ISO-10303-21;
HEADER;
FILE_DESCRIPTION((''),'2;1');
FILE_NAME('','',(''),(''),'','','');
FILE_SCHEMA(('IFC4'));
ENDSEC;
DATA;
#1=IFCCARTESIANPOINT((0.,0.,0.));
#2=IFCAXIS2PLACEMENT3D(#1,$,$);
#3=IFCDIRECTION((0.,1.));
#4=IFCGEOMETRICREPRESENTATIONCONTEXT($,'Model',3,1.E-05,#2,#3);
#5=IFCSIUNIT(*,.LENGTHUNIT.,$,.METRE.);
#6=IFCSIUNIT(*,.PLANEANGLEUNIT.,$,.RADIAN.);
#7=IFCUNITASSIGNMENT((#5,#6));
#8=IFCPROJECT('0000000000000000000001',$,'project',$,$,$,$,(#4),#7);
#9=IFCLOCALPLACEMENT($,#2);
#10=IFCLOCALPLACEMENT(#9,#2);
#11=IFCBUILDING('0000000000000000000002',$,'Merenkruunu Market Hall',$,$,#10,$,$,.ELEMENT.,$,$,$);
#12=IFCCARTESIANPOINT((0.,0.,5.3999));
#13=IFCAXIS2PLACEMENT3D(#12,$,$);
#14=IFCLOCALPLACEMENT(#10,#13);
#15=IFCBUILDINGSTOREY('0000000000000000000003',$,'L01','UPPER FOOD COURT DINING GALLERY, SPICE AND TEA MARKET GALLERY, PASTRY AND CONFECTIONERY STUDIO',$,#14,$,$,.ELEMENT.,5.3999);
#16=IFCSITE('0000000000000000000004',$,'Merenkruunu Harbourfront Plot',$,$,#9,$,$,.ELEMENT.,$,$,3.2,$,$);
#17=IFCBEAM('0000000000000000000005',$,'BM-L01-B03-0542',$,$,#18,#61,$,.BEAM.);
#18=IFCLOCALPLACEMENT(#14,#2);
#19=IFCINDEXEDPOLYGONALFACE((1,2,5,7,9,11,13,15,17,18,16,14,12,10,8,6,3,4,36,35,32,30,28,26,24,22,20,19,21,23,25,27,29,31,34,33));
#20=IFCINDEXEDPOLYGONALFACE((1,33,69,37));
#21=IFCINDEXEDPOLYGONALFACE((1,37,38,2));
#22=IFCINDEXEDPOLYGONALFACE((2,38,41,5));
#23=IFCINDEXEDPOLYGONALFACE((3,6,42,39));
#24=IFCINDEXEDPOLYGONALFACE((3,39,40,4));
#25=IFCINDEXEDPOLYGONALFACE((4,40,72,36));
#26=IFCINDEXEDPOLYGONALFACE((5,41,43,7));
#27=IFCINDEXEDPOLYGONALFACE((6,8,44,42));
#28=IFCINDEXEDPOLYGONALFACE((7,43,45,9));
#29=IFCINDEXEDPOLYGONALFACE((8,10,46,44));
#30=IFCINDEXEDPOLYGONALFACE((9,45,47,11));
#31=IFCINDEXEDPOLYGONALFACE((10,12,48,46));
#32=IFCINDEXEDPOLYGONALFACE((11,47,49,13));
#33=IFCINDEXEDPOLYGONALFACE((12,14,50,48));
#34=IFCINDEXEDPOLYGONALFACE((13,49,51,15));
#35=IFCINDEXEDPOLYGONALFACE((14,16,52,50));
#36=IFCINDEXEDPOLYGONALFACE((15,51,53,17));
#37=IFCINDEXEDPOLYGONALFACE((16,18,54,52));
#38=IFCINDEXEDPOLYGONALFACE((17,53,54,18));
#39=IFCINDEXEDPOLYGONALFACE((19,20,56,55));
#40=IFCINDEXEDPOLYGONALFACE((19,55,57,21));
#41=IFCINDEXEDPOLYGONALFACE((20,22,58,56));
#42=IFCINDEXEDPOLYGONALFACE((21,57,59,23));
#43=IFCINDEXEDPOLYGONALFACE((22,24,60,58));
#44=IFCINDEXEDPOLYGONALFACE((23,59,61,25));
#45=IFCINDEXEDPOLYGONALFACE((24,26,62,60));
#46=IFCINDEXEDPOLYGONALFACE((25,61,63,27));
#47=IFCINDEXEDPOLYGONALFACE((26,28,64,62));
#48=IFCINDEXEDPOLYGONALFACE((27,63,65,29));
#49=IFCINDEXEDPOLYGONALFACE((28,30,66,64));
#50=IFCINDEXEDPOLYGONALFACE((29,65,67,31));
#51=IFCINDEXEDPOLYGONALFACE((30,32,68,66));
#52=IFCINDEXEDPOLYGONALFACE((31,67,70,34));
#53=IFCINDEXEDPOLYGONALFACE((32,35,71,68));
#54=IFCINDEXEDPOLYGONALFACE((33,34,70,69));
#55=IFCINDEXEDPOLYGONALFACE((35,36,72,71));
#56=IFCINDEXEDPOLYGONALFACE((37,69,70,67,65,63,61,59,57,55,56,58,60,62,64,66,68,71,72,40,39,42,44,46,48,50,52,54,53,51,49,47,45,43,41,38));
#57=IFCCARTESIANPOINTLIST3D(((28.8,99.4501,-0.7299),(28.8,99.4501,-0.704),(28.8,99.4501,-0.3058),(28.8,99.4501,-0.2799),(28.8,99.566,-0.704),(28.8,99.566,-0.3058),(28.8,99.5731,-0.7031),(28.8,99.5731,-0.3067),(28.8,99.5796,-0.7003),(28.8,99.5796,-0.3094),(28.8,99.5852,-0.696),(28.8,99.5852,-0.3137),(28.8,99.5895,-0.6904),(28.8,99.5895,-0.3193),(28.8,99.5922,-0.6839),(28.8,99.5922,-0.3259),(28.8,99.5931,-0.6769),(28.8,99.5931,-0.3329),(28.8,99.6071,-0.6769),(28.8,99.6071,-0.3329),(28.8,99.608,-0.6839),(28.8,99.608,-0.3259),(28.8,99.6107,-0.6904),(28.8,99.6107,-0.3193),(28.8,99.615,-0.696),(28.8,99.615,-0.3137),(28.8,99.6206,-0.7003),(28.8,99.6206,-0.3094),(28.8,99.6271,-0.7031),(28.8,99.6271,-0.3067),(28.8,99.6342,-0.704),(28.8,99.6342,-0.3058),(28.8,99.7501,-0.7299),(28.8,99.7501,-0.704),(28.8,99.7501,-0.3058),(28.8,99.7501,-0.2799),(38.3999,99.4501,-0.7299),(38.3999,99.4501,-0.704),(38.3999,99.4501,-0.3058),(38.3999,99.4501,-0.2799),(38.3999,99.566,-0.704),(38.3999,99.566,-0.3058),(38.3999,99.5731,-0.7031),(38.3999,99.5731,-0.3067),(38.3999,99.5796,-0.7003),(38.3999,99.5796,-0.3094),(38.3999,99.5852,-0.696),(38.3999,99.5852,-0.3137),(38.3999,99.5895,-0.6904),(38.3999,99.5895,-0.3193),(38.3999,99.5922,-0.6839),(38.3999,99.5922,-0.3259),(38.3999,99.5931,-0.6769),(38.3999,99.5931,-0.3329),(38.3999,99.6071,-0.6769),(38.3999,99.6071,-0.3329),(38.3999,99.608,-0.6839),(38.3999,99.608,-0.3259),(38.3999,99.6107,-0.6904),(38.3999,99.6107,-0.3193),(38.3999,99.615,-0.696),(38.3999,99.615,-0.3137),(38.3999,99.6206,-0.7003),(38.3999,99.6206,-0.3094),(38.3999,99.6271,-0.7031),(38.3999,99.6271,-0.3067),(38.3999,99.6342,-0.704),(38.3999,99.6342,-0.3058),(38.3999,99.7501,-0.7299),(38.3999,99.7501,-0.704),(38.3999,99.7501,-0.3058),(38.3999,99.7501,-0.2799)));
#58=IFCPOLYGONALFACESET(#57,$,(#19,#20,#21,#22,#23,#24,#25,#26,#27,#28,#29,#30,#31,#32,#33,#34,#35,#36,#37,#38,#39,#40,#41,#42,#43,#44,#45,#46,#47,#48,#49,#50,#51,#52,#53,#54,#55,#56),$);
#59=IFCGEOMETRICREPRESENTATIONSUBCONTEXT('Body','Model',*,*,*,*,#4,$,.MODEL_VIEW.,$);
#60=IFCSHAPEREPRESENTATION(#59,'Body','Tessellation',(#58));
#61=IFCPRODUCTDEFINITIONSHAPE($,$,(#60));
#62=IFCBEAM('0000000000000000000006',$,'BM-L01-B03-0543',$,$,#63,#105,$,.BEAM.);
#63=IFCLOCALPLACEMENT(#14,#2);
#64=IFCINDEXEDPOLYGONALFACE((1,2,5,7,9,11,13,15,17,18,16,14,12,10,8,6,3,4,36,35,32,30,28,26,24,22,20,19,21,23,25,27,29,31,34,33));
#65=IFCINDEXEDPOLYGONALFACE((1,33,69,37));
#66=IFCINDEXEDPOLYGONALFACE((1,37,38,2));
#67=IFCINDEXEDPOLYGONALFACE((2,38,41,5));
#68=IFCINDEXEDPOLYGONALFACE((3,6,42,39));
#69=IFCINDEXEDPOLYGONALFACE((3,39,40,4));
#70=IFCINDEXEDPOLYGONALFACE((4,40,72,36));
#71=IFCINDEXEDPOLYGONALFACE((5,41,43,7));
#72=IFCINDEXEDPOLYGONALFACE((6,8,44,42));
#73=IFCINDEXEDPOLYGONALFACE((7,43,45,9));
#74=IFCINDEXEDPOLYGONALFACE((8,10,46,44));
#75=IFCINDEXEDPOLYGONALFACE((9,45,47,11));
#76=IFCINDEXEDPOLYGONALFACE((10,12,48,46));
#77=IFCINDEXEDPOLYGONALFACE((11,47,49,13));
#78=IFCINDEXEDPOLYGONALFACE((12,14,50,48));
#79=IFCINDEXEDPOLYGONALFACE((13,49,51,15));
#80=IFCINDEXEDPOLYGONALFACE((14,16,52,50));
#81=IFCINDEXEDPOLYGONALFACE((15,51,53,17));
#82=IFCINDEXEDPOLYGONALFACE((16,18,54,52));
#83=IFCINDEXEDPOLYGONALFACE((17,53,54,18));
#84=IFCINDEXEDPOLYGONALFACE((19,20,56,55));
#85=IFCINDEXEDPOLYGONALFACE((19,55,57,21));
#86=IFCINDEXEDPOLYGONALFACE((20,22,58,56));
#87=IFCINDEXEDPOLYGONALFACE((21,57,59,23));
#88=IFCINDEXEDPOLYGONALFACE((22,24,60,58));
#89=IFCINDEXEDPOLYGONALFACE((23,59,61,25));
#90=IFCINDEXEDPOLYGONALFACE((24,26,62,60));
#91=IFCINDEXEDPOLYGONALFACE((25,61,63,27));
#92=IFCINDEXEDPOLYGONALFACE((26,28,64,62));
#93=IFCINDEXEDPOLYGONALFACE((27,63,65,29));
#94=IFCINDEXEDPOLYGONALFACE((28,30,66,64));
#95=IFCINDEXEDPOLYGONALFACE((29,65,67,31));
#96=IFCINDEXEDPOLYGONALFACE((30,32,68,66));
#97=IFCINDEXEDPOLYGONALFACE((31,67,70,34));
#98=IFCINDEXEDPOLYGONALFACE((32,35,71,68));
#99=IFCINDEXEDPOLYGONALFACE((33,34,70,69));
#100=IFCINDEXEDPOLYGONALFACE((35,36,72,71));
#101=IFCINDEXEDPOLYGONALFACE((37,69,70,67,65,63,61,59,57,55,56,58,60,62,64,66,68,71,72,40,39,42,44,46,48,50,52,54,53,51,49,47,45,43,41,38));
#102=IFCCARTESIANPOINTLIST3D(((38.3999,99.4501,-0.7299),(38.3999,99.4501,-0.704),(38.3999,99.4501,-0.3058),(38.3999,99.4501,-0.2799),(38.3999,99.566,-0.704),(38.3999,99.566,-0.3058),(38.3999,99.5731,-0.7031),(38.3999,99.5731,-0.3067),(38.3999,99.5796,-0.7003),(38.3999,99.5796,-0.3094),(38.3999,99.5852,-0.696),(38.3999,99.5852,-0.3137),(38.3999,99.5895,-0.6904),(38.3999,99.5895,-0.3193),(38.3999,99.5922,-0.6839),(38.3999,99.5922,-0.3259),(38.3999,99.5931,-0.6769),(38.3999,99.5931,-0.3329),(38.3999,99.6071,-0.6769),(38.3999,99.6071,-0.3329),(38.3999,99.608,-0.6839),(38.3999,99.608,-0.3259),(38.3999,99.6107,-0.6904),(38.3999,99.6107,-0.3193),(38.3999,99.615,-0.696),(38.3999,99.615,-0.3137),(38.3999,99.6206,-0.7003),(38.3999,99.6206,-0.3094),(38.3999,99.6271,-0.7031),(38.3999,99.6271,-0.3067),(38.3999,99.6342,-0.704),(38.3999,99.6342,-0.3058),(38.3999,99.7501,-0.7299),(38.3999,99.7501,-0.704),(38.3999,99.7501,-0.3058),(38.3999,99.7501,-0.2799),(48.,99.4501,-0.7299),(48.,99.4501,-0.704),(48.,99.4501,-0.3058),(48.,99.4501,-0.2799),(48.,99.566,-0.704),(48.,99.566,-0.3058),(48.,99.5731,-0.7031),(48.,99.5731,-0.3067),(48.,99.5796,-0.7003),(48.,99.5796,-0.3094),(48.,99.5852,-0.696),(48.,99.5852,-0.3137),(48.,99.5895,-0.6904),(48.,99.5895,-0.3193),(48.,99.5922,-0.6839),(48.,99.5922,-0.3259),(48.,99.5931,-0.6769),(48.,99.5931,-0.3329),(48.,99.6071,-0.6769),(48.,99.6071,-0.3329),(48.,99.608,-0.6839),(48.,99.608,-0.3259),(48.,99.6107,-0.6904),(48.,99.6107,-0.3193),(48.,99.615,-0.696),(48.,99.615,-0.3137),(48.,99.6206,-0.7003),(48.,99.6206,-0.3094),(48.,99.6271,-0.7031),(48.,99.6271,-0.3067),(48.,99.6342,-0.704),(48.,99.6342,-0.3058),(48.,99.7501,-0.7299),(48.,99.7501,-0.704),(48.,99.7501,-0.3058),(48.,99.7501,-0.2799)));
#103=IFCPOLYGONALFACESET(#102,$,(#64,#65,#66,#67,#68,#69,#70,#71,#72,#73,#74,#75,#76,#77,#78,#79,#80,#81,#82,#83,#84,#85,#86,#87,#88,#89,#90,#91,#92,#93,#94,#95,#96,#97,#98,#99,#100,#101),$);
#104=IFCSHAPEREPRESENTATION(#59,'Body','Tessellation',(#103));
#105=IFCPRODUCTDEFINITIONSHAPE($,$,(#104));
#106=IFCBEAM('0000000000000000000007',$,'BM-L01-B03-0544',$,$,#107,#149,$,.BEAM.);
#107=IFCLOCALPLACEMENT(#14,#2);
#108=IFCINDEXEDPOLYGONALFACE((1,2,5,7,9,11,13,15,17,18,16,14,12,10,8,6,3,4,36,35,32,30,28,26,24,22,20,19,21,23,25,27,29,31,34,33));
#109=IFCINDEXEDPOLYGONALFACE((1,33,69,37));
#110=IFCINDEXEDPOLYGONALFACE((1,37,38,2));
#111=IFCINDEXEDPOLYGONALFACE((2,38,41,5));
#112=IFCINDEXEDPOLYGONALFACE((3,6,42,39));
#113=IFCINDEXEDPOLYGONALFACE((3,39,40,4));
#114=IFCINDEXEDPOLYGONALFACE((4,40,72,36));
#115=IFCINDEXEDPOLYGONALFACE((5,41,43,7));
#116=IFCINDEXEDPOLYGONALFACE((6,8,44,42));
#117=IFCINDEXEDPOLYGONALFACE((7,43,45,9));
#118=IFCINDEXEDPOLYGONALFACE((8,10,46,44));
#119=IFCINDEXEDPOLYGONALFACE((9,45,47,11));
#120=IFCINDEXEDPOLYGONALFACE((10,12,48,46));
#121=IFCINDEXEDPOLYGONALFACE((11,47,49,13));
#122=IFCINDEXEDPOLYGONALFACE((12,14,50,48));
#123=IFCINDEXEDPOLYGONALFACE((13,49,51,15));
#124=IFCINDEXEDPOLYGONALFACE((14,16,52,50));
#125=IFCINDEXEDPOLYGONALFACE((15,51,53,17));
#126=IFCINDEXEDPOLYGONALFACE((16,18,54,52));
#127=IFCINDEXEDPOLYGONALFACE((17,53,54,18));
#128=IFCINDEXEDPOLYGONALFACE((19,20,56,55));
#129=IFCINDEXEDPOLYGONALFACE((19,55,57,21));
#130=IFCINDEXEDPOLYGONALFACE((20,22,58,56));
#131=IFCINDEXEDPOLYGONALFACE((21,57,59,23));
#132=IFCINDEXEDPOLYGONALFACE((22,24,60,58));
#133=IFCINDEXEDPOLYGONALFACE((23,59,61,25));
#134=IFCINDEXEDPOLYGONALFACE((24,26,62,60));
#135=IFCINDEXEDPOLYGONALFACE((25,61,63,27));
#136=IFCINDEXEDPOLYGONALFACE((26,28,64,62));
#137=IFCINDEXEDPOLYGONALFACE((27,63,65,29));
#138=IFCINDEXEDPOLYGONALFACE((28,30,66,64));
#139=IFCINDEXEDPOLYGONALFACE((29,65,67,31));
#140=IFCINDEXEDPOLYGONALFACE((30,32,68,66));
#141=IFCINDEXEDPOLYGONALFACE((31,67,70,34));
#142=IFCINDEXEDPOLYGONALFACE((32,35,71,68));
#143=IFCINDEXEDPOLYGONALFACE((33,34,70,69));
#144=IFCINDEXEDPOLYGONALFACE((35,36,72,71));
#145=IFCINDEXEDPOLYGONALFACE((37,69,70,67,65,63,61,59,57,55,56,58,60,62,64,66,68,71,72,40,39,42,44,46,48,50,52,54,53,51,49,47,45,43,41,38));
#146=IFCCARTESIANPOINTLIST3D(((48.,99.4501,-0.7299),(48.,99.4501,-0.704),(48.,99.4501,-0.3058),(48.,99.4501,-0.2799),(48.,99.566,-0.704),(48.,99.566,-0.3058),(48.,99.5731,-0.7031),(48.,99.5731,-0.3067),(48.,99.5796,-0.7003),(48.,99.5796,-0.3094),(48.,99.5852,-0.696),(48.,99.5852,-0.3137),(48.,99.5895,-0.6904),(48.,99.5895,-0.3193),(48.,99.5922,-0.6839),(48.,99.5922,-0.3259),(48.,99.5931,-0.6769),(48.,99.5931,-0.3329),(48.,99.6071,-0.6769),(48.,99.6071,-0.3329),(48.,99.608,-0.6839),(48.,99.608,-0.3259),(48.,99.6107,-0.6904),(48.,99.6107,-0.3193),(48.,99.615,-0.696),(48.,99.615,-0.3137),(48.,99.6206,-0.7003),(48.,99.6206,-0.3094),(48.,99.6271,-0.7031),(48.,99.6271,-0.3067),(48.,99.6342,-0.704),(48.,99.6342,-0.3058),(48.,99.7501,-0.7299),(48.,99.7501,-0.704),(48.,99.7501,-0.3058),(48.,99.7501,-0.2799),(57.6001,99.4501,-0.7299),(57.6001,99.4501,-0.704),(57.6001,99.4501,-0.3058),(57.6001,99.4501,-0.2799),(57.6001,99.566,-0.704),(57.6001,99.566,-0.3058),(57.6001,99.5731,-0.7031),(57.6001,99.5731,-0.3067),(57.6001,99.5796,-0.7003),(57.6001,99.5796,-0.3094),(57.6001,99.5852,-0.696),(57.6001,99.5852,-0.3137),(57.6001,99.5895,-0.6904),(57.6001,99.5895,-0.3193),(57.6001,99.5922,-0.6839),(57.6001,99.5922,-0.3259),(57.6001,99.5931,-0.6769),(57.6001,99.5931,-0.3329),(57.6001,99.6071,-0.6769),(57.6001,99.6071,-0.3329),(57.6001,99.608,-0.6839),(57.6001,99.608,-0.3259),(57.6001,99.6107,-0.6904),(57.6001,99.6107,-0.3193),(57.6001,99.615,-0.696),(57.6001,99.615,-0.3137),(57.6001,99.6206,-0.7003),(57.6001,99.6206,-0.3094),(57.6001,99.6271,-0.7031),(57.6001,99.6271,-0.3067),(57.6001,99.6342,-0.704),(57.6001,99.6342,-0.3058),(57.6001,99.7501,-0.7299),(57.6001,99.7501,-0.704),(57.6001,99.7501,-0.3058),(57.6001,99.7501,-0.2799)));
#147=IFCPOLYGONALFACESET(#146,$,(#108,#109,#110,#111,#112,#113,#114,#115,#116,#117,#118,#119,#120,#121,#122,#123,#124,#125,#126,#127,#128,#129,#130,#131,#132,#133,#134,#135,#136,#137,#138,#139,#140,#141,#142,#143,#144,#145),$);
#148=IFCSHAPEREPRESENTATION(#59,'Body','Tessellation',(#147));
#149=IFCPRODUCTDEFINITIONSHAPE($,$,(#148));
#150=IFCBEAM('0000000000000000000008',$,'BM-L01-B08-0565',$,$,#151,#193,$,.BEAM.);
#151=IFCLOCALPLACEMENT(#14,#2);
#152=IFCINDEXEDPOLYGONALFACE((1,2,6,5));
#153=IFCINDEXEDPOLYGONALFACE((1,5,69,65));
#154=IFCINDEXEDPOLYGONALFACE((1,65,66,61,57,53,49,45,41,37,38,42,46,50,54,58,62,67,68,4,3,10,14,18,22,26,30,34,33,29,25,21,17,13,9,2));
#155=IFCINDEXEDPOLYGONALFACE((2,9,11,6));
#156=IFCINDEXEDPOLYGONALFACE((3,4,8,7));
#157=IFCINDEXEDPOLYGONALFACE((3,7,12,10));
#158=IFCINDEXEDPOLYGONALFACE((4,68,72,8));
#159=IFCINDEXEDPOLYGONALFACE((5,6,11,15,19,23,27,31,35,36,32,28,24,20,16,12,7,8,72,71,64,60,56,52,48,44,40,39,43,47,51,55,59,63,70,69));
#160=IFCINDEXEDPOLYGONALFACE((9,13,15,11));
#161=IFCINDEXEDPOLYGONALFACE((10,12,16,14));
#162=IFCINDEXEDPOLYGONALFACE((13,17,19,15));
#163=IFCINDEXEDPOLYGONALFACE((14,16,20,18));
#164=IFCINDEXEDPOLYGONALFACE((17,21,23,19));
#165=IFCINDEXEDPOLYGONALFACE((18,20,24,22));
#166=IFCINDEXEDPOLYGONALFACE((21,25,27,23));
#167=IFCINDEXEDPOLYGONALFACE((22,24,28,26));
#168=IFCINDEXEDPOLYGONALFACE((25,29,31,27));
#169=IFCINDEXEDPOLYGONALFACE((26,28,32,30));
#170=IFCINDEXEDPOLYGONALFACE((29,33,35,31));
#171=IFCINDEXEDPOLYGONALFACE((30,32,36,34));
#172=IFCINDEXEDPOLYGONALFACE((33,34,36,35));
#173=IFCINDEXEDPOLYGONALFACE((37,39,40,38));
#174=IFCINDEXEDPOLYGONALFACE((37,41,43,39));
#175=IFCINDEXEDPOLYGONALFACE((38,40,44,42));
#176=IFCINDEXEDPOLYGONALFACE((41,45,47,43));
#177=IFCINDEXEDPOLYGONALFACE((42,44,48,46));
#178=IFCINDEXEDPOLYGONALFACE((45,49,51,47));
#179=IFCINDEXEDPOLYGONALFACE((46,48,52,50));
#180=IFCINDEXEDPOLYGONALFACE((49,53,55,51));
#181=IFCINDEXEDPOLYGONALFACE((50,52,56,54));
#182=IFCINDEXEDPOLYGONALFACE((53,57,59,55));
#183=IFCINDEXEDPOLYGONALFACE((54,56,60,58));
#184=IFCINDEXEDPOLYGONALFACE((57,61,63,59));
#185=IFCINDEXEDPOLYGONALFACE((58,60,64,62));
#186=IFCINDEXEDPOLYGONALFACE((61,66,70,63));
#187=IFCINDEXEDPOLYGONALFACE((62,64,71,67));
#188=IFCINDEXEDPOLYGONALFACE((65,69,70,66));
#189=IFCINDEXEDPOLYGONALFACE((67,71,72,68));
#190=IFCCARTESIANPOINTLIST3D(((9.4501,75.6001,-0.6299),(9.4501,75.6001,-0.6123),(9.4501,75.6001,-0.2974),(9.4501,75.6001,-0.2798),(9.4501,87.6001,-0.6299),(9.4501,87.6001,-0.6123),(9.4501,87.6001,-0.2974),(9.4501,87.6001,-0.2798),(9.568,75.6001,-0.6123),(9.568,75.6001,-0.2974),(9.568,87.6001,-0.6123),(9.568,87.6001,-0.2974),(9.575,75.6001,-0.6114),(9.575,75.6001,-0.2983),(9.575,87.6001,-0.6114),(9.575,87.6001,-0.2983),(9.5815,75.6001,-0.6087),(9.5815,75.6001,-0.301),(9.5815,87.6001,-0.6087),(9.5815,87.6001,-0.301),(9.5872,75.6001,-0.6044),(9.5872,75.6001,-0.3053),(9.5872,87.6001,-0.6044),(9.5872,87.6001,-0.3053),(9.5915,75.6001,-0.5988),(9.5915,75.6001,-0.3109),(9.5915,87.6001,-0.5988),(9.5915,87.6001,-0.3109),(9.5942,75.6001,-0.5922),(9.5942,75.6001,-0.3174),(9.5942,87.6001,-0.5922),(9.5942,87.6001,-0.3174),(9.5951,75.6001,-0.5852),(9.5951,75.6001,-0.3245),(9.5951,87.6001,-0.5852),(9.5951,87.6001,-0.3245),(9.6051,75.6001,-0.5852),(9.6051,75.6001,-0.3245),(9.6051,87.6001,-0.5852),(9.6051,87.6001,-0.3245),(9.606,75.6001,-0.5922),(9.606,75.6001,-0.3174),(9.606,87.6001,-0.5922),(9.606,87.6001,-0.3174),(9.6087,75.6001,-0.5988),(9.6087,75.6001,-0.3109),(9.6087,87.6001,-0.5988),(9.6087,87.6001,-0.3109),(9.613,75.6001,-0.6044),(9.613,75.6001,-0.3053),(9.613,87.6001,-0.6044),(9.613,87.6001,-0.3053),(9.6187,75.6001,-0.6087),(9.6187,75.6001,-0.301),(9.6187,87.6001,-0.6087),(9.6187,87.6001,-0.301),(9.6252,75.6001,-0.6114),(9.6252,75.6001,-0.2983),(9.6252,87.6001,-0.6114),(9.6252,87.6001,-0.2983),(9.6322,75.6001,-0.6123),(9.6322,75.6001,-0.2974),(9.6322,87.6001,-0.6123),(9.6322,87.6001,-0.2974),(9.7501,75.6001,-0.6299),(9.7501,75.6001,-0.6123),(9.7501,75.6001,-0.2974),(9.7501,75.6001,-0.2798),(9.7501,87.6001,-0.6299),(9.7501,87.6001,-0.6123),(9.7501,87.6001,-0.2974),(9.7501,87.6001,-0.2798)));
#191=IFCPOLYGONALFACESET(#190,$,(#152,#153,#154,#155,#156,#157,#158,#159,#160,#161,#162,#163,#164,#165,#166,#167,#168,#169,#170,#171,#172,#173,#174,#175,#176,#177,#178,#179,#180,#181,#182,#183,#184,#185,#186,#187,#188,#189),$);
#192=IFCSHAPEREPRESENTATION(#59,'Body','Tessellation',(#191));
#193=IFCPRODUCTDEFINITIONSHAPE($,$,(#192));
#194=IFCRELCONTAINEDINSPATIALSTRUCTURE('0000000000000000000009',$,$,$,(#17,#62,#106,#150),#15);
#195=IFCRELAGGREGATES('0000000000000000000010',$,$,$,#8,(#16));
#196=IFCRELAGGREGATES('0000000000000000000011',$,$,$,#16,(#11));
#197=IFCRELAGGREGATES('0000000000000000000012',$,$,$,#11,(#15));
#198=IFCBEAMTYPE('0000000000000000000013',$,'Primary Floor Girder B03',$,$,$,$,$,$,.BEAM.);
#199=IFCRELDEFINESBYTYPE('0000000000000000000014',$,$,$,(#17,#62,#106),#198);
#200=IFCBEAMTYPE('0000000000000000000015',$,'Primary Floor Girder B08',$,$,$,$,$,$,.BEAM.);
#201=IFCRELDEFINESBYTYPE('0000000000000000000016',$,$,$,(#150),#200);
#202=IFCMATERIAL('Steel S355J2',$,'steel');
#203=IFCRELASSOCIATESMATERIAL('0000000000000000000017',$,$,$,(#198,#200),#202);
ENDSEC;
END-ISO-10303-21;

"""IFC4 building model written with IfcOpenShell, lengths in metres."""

from ifc_helpers import new_model, si_unit, direction, frame, origin, origin_2d, place, context, subcontext, project, spatial, i_section, extrude, material, material_profile, profile_set, type_object, element, save


model = new_model("IFC4")

# Units and contexts
model_context = context("Model", 3, precision=1e-05, world=origin(), true_north=direction((0.0, 1.0)))
body_context = subcontext(model_context, "Body", "Model", "MODEL_VIEW")
ifc_project = project(units=[si_unit("LENGTHUNIT", "METRE"), si_unit("PLANEANGLEUNIT", "RADIAN")], contexts=[model_context])

# Site, building, storey
site_placement = place(None, origin())
site = spatial("IfcSite", under=ifc_project, at=site_placement, Name="Merenkruunu Harbourfront Plot", CompositionType="ELEMENT", RefElevation=3.2)
building_placement = place(site_placement, origin())
building = spatial("IfcBuilding", under=site, at=building_placement, Name="Merenkruunu Market Hall", CompositionType="ELEMENT")
storey_placement = place(building_placement, frame((0.0, 0.0, 5.3999)))
storey = spatial("IfcBuildingStorey", under=building, at=storey_placement, Name="L01", Description="UPPER FOOD COURT DINING GALLERY, SPICE AND TEA MARKET GALLERY, PASTRY AND CONFECTIONERY STUDIO", CompositionType="ELEMENT", Elevation=5.3999)

# Shared definitions
ifc_material_1 = material(Name="Steel S355J2", Category="steel")

# Beams
ifc_material_profile_1 = material_profile(ifc_material_1, i_section(OverallWidth=0.3, OverallDepth=0.45, WebThickness=0.0139, FlangeThickness=0.0259, FilletRadius=0.0271, at=origin_2d()), Name="HEB 450")
ifc_profile_set_1 = profile_set([ifc_material_profile_1], Name="Steel S355J2")
beam_type_1 = type_object("IfcBeamType", Name="Primary Floor Girder B03", PredefinedType="BEAM", material=ifc_profile_set_1)
beam_1_placement = place(storey_placement, frame((28.8, 99.6001, -0.5049), z_axis=(1.0, 0.0, 0.0), x_axis=(0.0, 1.0, 0.0)))
element("IfcBeam", 1, at=beam_1_placement, inside=storey, type_object=beam_type_1, Name="BM-L01-B03-0542", PredefinedType="BEAM", context=body_context, shape_type="SweptSolid", body=[
    extrude(i_section(OverallWidth=0.3, OverallDepth=0.45, WebThickness=0.0139, FlangeThickness=0.0259, FilletRadius=0.0271, at=origin_2d()), origin(), (0.0, 0.0, 1.0), 9.5999),
])
for number, where, z_axis, x_axis, name in (
    (2, (38.3999, 99.6001, -0.5049), (1.0, 0.0, 0.0), (0.0, 1.0, 0.0), "BM-L01-B03-0543"),
    (3, (48.0, 99.6001, -0.5049), (1.0, 0.0, 0.0), (0.0, 1.0, 0.0), "BM-L01-B03-0544"),
):
    element("IfcBeam", number, at=place(storey_placement, frame(where, z_axis=z_axis, x_axis=x_axis)), inside=storey, type_object=beam_type_1, Name=name, PredefinedType="BEAM", context=body_context, shape_type="SweptSolid", body=[
        extrude(i_section(OverallWidth=0.3, OverallDepth=0.45, WebThickness=0.0139, FlangeThickness=0.0259, FilletRadius=0.0271, at=origin_2d()), origin(), (0.0, 0.0, 1.0), 9.6001),
    ])
ifc_material_profile_2 = material_profile(ifc_material_1, i_section(OverallWidth=0.3, OverallDepth=0.3501, WebThickness=0.01, FlangeThickness=0.0176, FilletRadius=0.0271, at=origin_2d()), Name="HEA 360")
ifc_profile_set_2 = profile_set([ifc_material_profile_2], Name="Steel S355J2")
beam_type_2 = type_object("IfcBeamType", Name="Primary Floor Girder B08", PredefinedType="BEAM", material=ifc_profile_set_2)
for number, where, z_axis, x_axis, name in (
    (4, (9.6001, 75.6001, -0.4548), (0.0, 1.0, 0.0), (-1.0, 0.0, 0.0), "BM-L01-B08-0565"),
):
    element("IfcBeam", number, at=place(storey_placement, frame(where, z_axis=z_axis, x_axis=x_axis)), inside=storey, type_object=beam_type_2, Name=name, PredefinedType="BEAM", context=body_context, shape_type="SweptSolid", body=[
        extrude(i_section(OverallWidth=0.3, OverallDepth=0.3501, WebThickness=0.01, FlangeThickness=0.0176, FilletRadius=0.0271, at=origin_2d()), origin(), (0.0, 0.0, 1.0), 12.0),
    ])

save(model, "model.ifc")
